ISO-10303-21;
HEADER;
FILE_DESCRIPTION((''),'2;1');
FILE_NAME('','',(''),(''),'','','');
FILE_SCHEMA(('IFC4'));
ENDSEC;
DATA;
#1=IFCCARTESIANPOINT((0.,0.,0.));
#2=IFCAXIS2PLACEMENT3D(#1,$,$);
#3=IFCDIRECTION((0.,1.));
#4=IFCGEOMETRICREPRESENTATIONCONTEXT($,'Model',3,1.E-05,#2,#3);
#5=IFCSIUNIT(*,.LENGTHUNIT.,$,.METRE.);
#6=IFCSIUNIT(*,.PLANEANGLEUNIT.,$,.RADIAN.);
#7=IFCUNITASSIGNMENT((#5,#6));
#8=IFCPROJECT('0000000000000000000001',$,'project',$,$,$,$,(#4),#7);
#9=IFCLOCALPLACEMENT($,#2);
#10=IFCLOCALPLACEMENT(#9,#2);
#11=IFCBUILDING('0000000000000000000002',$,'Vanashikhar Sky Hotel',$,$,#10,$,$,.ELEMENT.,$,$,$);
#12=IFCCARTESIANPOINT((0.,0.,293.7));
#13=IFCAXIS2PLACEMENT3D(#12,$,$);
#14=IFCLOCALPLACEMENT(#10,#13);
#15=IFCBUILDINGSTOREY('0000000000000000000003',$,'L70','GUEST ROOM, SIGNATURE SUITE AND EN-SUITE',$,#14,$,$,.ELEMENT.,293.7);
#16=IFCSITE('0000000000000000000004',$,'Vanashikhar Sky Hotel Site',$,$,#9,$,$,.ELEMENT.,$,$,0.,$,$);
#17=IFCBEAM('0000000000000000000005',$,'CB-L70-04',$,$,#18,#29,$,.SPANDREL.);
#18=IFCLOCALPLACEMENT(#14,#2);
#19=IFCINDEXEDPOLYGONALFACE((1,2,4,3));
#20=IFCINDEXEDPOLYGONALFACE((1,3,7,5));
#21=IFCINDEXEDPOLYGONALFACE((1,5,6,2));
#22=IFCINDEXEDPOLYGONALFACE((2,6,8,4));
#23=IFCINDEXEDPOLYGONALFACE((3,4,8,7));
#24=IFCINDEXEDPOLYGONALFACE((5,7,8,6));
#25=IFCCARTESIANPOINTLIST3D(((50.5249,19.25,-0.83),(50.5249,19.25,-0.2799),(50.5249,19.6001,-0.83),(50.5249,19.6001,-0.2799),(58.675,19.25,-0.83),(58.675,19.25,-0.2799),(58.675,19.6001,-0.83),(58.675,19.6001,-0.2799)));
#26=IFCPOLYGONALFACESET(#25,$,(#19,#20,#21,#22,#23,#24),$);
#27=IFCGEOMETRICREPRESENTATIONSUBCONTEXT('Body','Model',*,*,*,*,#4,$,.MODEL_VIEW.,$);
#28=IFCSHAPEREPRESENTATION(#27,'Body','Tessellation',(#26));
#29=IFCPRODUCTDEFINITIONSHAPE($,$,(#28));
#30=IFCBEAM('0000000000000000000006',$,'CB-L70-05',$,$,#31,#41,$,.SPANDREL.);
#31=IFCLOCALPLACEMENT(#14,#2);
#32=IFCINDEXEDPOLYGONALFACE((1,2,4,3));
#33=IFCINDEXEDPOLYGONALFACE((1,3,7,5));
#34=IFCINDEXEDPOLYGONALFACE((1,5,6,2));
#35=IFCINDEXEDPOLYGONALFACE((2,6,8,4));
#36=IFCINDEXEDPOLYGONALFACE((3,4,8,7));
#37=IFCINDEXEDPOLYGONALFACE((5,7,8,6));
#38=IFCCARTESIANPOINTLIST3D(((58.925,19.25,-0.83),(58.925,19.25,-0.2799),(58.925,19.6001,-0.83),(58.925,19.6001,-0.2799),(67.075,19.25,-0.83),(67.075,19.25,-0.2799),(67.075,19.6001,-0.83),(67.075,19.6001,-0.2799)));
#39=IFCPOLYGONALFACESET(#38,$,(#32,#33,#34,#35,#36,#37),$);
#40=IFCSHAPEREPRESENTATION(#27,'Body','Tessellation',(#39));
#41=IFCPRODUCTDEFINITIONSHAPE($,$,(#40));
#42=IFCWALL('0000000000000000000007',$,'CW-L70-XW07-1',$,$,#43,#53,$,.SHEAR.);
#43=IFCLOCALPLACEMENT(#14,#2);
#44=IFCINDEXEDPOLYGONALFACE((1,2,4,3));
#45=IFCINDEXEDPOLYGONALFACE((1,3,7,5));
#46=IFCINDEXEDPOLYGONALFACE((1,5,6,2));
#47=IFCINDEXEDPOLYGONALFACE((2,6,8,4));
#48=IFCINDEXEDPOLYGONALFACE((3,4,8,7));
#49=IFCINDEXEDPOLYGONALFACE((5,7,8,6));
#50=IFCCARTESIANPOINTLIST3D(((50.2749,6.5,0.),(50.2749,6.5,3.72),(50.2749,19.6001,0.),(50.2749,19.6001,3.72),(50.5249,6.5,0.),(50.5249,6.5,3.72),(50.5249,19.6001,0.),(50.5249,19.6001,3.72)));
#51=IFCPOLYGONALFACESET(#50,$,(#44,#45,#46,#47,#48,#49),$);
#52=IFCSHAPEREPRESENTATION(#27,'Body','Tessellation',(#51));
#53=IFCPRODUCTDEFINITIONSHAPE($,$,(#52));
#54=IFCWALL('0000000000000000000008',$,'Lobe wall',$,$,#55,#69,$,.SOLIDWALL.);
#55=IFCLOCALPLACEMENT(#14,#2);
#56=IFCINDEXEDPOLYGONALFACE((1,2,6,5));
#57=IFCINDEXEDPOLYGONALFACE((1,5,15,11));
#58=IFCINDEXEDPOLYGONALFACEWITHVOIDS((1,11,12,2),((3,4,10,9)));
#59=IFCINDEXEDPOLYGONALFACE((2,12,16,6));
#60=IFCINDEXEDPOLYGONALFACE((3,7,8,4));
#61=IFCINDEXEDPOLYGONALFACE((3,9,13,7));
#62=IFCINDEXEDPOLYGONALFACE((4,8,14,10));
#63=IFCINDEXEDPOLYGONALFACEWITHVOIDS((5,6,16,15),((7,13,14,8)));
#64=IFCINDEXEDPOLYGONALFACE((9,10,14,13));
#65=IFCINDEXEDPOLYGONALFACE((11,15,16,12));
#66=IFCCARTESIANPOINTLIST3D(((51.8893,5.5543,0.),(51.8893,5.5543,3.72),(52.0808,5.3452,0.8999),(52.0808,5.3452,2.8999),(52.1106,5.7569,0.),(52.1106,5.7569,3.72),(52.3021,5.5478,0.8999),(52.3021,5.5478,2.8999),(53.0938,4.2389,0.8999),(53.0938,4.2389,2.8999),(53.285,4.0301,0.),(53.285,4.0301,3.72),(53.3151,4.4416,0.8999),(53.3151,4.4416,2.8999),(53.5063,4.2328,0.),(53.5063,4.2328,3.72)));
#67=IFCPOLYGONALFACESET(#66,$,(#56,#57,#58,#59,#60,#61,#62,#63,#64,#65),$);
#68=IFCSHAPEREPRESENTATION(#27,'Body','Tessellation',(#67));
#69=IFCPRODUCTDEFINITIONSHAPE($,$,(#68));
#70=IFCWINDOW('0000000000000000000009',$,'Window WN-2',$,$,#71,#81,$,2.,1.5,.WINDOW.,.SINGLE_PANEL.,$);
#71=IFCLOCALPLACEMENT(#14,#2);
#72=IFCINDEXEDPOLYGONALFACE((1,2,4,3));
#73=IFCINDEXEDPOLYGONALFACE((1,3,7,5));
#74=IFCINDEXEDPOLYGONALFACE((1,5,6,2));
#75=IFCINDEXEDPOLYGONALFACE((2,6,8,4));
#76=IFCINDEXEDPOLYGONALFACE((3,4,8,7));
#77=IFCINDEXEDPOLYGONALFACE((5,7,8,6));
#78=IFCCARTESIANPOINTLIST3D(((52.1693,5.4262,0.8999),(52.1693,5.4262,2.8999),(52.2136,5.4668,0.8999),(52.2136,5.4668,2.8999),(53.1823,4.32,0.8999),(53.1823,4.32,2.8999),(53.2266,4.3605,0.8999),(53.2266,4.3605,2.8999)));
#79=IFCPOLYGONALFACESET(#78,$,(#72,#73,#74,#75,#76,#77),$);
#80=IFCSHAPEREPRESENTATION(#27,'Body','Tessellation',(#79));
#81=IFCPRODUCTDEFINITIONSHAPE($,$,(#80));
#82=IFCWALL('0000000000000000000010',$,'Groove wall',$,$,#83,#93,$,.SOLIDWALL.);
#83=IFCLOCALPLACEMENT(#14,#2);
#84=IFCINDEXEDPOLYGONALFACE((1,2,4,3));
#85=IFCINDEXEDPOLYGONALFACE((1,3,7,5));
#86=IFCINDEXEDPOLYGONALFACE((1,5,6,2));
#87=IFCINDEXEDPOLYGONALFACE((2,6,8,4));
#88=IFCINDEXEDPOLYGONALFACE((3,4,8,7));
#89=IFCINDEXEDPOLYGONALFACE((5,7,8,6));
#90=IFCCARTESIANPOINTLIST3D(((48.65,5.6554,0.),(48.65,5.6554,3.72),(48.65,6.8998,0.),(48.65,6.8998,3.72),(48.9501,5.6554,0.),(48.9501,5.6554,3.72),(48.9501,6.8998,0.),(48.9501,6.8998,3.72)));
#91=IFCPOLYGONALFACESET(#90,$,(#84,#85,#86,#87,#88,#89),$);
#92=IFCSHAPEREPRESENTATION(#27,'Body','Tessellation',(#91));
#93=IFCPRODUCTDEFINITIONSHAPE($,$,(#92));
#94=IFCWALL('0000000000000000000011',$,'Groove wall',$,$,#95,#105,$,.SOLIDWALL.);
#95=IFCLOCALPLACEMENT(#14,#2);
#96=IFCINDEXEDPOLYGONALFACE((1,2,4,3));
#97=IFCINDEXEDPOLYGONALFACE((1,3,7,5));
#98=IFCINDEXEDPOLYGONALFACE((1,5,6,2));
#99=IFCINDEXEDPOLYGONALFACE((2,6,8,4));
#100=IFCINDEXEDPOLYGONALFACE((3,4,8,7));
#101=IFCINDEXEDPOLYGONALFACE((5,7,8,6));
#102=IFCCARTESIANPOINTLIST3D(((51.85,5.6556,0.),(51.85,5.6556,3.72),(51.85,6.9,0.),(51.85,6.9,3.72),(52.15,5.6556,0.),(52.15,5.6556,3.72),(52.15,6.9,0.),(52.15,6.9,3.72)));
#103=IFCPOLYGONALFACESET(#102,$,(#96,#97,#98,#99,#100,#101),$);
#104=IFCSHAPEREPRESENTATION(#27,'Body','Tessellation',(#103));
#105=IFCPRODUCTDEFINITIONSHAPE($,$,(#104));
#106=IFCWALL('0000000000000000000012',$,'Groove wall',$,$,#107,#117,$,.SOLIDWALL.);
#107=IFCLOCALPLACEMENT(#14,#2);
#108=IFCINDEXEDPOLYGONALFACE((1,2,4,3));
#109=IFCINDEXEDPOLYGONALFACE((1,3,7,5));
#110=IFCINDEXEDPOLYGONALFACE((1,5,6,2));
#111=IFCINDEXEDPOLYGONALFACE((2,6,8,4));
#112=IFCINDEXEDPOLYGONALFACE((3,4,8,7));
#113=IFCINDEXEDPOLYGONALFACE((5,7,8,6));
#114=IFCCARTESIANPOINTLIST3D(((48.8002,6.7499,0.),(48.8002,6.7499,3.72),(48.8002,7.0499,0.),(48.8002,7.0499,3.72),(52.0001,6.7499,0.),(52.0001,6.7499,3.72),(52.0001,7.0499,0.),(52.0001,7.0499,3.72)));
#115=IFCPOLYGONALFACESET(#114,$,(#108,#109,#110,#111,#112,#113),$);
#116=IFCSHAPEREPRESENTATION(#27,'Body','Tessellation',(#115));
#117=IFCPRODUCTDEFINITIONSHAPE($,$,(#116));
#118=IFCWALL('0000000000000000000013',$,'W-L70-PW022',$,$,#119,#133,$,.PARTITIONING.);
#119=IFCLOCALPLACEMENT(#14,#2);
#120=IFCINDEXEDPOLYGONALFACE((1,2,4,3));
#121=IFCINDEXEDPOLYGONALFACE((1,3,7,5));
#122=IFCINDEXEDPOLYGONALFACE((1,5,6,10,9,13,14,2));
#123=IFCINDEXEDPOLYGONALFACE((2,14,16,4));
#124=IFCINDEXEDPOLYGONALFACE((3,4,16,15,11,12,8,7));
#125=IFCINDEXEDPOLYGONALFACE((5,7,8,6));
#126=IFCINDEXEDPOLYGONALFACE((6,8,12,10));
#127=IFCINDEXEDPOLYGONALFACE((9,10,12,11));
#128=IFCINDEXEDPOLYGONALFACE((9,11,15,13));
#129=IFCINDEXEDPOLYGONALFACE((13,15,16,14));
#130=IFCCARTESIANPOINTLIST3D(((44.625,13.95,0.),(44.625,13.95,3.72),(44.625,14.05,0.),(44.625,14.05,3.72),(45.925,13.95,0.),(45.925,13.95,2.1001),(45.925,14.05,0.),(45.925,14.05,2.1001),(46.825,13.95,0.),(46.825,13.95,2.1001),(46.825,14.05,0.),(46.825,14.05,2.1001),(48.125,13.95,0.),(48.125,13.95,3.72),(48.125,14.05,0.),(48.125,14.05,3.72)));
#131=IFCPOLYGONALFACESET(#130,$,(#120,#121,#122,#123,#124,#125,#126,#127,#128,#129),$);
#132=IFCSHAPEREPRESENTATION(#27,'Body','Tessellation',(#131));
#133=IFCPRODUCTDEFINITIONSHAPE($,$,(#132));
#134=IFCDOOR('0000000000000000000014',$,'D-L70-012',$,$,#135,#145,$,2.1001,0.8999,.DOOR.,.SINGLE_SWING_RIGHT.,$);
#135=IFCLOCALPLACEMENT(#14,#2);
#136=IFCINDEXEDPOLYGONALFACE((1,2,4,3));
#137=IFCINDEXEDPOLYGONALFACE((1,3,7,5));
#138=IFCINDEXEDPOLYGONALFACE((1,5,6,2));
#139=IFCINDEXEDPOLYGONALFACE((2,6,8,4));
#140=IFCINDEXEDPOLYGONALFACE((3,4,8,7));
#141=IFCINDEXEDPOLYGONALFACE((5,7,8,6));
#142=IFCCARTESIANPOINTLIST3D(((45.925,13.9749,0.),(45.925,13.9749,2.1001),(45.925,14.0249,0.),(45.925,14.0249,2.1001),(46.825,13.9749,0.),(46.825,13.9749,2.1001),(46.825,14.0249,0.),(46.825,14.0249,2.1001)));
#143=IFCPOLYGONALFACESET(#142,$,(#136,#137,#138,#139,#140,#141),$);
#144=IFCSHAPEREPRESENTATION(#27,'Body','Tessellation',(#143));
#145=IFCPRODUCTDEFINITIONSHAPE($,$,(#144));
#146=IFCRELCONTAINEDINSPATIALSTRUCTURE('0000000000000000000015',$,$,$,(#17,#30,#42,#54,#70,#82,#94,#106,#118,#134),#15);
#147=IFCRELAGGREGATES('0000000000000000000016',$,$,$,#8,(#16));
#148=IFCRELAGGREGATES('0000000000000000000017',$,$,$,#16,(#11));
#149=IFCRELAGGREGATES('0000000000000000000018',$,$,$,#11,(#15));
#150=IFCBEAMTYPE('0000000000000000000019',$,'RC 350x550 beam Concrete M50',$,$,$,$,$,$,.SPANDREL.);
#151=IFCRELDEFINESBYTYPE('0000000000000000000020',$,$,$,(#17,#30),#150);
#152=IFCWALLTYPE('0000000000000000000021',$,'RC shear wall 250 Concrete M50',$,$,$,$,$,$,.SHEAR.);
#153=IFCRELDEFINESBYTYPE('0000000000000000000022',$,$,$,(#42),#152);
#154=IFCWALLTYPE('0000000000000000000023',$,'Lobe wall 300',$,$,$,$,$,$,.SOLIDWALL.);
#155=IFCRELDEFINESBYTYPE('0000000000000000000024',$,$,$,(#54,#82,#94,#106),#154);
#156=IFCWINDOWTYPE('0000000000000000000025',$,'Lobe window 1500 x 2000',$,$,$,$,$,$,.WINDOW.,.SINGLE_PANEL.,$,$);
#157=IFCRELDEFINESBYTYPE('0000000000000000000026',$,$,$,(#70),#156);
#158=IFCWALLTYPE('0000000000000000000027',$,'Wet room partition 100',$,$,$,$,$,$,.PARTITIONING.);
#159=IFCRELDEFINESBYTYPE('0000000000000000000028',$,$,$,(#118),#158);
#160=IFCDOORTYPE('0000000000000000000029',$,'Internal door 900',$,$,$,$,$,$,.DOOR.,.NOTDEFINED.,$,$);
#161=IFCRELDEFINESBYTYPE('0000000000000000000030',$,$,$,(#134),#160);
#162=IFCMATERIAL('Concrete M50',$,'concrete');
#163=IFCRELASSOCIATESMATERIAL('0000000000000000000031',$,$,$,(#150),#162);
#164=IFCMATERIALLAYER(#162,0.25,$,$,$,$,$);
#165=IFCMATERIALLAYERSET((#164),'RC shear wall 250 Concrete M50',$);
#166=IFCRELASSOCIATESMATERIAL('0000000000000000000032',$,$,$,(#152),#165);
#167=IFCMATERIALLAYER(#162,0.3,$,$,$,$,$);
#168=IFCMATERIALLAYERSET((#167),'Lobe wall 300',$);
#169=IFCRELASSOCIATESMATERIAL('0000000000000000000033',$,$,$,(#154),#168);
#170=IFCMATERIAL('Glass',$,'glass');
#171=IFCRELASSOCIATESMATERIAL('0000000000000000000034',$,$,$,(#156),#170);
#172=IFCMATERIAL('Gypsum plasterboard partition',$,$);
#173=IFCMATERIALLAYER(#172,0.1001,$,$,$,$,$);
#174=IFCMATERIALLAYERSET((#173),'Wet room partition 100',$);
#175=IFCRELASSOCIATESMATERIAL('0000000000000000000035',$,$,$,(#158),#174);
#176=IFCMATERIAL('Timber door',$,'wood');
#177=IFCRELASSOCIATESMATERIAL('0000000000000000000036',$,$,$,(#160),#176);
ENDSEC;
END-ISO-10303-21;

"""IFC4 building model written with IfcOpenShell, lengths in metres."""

from ifc_helpers import new_model, si_unit, direction, frame, frame_2d, origin, origin_2d, place, context, subcontext, project, spatial, rectangle, extrude, source, transform, mapped, material, layer, layer_set, material_profile, profile_set, type_object, element, fill, save


model = new_model("IFC4")

# Units and contexts
model_context = context("Model", 3, precision=1e-05, world=origin(), true_north=direction((0.0, 1.0)))
body_context = subcontext(model_context, "Body", "Model", "MODEL_VIEW")
ifc_project = project(units=[si_unit("LENGTHUNIT", "METRE"), si_unit("PLANEANGLEUNIT", "RADIAN")], contexts=[model_context])

# Site, building, storey
site_placement = place(None, origin())
site = spatial("IfcSite", under=ifc_project, at=site_placement, Name="Vanashikhar Sky Hotel Site", CompositionType="ELEMENT", RefElevation=0.0)
building_placement = place(site_placement, origin())
building = spatial("IfcBuilding", under=site, at=building_placement, Name="Vanashikhar Sky Hotel", CompositionType="ELEMENT")
storey_placement = place(building_placement, frame((0.0, 0.0, 293.7)))
storey = spatial("IfcBuildingStorey", under=building, at=storey_placement, Name="L70", Description="GUEST ROOM, SIGNATURE SUITE AND EN-SUITE", CompositionType="ELEMENT", Elevation=293.7)

# Beams
ifc_material_1 = material(Name="Concrete M50", Category="concrete")
ifc_material_profile = material_profile(ifc_material_1, rectangle(XDim=0.3501, YDim=0.55, at=origin_2d()))
ifc_profile_set = profile_set([ifc_material_profile], Name="RC 350x550 beam Concrete M50")
beam_type = type_object("IfcBeamType", Name="RC 350x550 beam Concrete M50", PredefinedType="SPANDREL", material=ifc_profile_set)
shared_shape_1 = source(origin(), body_context, "Body", "SweptSolid", [
    extrude(rectangle(XDim=0.3501, YDim=0.55, at=origin_2d()), origin(), (0.0, 0.0, 1.0), 8.1501),
])
beam_1_placement = place(storey_placement, frame((50.5249, 19.425, -0.5549), z_axis=(1.0, 0.0, 0.0), x_axis=(0.0, 1.0, 0.0)))
element("IfcBeam", 1, at=beam_1_placement, inside=storey, type_object=beam_type, Name="CB-L70-04", PredefinedType="SPANDREL", context=body_context, shape_type="MappedRepresentation", body=[
    mapped(shared_shape_1, transform((0.0, 0.0, 0.0), scale=1.0)),
])
shared_shape_2 = source(origin(), body_context, "Body", "SweptSolid", [
    extrude(rectangle(XDim=0.3501, YDim=0.55, at=origin_2d()), origin(), (0.0, 0.0, 1.0), 8.1499),
])
beam_2_placement = place(storey_placement, frame((58.925, 19.425, -0.5549), z_axis=(1.0, 0.0, 0.0), x_axis=(0.0, 1.0, 0.0)))
element("IfcBeam", 2, at=beam_2_placement, inside=storey, type_object=beam_type, Name="CB-L70-05", PredefinedType="SPANDREL", context=body_context, shape_type="MappedRepresentation", body=[
    mapped(shared_shape_2, transform((0.0, 0.0, 0.0), scale=1.0)),
])

# Wall
ifc_layer_1 = layer(ifc_material_1, 0.25)
ifc_layer_set_1 = layer_set([ifc_layer_1], Name="RC shear wall 250 Concrete M50")
wall_type_1 = type_object("IfcWallType", Name="RC shear wall 250 Concrete M50", PredefinedType="SHEAR", material=ifc_layer_set_1)
shared_shape_3 = source(origin(), body_context, "Body", "SweptSolid", [
    extrude(rectangle(XDim=13.1001, YDim=0.25, at=frame_2d((6.55, 0.0))), origin(), (0.0, 0.0, 1.0), 3.72),
])
wall_1_placement = place(storey_placement, frame((50.3999, 6.5, 0.0), z_axis=(0.0, 0.0, 1.0), x_axis=(0.0, 1.0, 0.0)))
element("IfcWall", 3, at=wall_1_placement, inside=storey, type_object=wall_type_1, Name="CW-L70-XW07-1", PredefinedType="SHEAR", context=body_context, shape_type="MappedRepresentation", body=[
    mapped(shared_shape_3, transform((0.0, 0.0, 0.0), scale=1.0)),
])

# Wall, opening, window
ifc_layer_2 = layer(ifc_material_1, 0.3)
ifc_layer_set_2 = layer_set([ifc_layer_2], Name="Lobe wall 300")
wall_type_2 = type_object("IfcWallType", Name="Lobe wall 300", PredefinedType="SOLIDWALL", material=ifc_layer_set_2)
shared_shape_4 = source(origin(), body_context, "Body", "SweptSolid", [
    extrude(rectangle(XDim=2.0667, YDim=0.3, at=frame_2d((1.0332, 0.0))), origin(), (0.0, 0.0, 1.0), 3.72),
])
wall_2_placement = place(storey_placement, frame((52.0, 5.6555, 0.0), z_axis=(0.0, 0.0, 1.0), x_axis=(0.675355, -0.737492, 0.0)))
wall_2 = element("IfcWall", 4, at=wall_2_placement, inside=storey, type_object=wall_type_2, Name="Lobe wall", PredefinedType="SOLIDWALL", context=body_context, shape_type="MappedRepresentation", body=[
    mapped(shared_shape_4, transform((0.0, 0.0, 0.0), scale=1.0)),
])
shared_shape_5 = source(origin(), body_context, "Body", "SweptSolid", [
    extrude(rectangle(XDim=1.5, YDim=2.0, at=frame_2d((0.75, 1.0))), frame((0.0, 0.1602, 0.0), z_axis=(0.0, -1.0, 0.0), x_axis=(1.0, 0.0, 0.0)), (0.0, 0.0, 1.0), 0.3201),
])
opening_1_placement = place(wall_2_placement, frame((0.2834, 0.0, 0.8999)))
opening_1 = element("IfcOpeningElement", 5, at=opening_1_placement, cuts=wall_2, PredefinedType="OPENING", context=body_context, shape_type="MappedRepresentation", body=[
    mapped(shared_shape_5, transform((0.0, 0.0, 0.0), scale=1.0)),
])
ifc_material_2 = material(Name="Glass", Category="glass")
window_type = type_object("IfcWindowType", Name="Lobe window 1500 x 2000", PartitioningType="SINGLE_PANEL", PredefinedType="WINDOW", material=ifc_material_2)
shared_shape_6 = source(origin(), body_context, "Body", "SweptSolid", [
    extrude(rectangle(XDim=1.5, YDim=2.0, at=frame_2d((0.75, 1.0))), frame((0.0, 0.03, 0.0), z_axis=(0.0, -1.0, 0.0), x_axis=(1.0, 0.0, 0.0)), (0.0, 0.0, 1.0), 0.0601),
])
window_placement = place(opening_1_placement, origin())
window = element("IfcWindow", 6, at=window_placement, inside=storey, type_object=window_type, Name="Window WN-2", OverallHeight=2.0, OverallWidth=1.5, PartitioningType="SINGLE_PANEL", PredefinedType="WINDOW", context=body_context, shape_type="MappedRepresentation", body=[
    mapped(shared_shape_6, transform((0.0, 0.0, 0.0), scale=1.0)),
])
fill(opening_1, window)

# Walls
shared_shape_7 = source(origin(), body_context, "Body", "SweptSolid", [
    extrude(rectangle(XDim=1.2444, YDim=0.3, at=frame_2d((0.6221, 0.0))), origin(), (0.0, 0.0, 1.0), 3.72),
])
for number, where, z_axis, x_axis, name in (
    (7, (48.8, 5.6555, 0.0), (0.0, 0.0, 1.0), (0.0, 1.0, 0.0), "Groove wall"),
    (8, (52.0, 6.8999, 0.0), (0.0, 0.0, 1.0), (0.0, -1.0, 0.0), "Groove wall"),
):
    element("IfcWall", number, at=place(storey_placement, frame(where, z_axis=z_axis, x_axis=x_axis)), inside=storey, type_object=wall_type_2, Name=name, PredefinedType="SOLIDWALL", context=body_context, shape_type="MappedRepresentation", body=[
        mapped(shared_shape_7, transform((0.0, 0.0, 0.0), scale=1.0)),
    ])
shared_shape_8 = source(origin(), body_context, "Body", "SweptSolid", [
    extrude(rectangle(XDim=3.2, YDim=0.3, at=frame_2d((1.6001, 0.0))), origin(), (0.0, 0.0, 1.0), 3.72),
])
wall_3_placement = place(storey_placement, frame((48.8, 6.8999, 0.0), z_axis=(0.0, 0.0, 1.0), x_axis=(1.0, 0.0, 0.0)))
element("IfcWall", 9, at=wall_3_placement, inside=storey, type_object=wall_type_2, Name="Groove wall", PredefinedType="SOLIDWALL", context=body_context, shape_type="MappedRepresentation", body=[
    mapped(shared_shape_8, transform((0.0, 0.0, 0.0), scale=1.0)),
])

# Wall, opening, door
ifc_material_3 = material(Name="Gypsum plasterboard partition")
ifc_layer_3 = layer(ifc_material_3, 0.1001)
ifc_layer_set_3 = layer_set([ifc_layer_3], Name="Wet room partition 100")
wall_type_3 = type_object("IfcWallType", Name="Wet room partition 100", PredefinedType="PARTITIONING", material=ifc_layer_set_3)
shared_shape_9 = source(origin(), body_context, "Body", "SweptSolid", [
    extrude(rectangle(XDim=3.5, YDim=0.1001, at=frame_2d((1.75, 0.0))), origin(), (0.0, 0.0, 1.0), 3.72),
])
wall_4_placement = place(storey_placement, frame((44.625, 14.0, 0.0), z_axis=(0.0, 0.0, 1.0), x_axis=(1.0, 0.0, 0.0)))
wall_4 = element("IfcWall", 10, at=wall_4_placement, inside=storey, type_object=wall_type_3, Name="W-L70-PW022", PredefinedType="PARTITIONING", context=body_context, shape_type="MappedRepresentation", body=[
    mapped(shared_shape_9, transform((0.0, 0.0, 0.0), scale=1.0)),
])
shared_shape_10 = source(origin(), body_context, "Body", "SweptSolid", [
    extrude(rectangle(XDim=0.8999, YDim=2.1001, at=frame_2d((0.45, 1.05))), frame((0.0, 0.0601, 0.0), z_axis=(0.0, -1.0, 0.0), x_axis=(1.0, 0.0, 0.0)), (0.0, 0.0, 1.0), 0.1201),
])
opening_2_placement = place(wall_4_placement, frame((1.3, 0.0, 0.0)))
opening_2 = element("IfcOpeningElement", 11, at=opening_2_placement, cuts=wall_4, PredefinedType="OPENING", context=body_context, shape_type="MappedRepresentation", body=[
    mapped(shared_shape_10, transform((0.0, 0.0, 0.0), scale=1.0)),
])
ifc_material_4 = material(Name="Timber door", Category="wood")
door_type_1 = type_object("IfcDoorType", Name="Internal door 900", OperationType="NOTDEFINED", PredefinedType="DOOR", material=ifc_material_4)
shared_shape_11 = source(origin(), body_context, "Body", "SweptSolid", [
    extrude(rectangle(XDim=0.8999, YDim=2.1001, at=frame_2d((0.45, 1.05))), frame((0.0, 0.0249, 0.0), z_axis=(0.0, -1.0, 0.0), x_axis=(1.0, 0.0, 0.0)), (0.0, 0.0, 1.0), 0.05),
])
door_1_placement = place(opening_2_placement, origin())
door_1 = element("IfcDoor", 12, at=door_1_placement, inside=storey, type_object=door_type_1, Name="D-L70-012", OperationType="SINGLE_SWING_RIGHT", OverallHeight=2.1001, OverallWidth=0.8999, PredefinedType="DOOR", context=body_context, shape_type="MappedRepresentation", body=[
    mapped(shared_shape_11, transform((0.0, 0.0, 0.0), scale=1.0)),
])
fill(opening_2, door_1)

save(model, "model.ifc")
